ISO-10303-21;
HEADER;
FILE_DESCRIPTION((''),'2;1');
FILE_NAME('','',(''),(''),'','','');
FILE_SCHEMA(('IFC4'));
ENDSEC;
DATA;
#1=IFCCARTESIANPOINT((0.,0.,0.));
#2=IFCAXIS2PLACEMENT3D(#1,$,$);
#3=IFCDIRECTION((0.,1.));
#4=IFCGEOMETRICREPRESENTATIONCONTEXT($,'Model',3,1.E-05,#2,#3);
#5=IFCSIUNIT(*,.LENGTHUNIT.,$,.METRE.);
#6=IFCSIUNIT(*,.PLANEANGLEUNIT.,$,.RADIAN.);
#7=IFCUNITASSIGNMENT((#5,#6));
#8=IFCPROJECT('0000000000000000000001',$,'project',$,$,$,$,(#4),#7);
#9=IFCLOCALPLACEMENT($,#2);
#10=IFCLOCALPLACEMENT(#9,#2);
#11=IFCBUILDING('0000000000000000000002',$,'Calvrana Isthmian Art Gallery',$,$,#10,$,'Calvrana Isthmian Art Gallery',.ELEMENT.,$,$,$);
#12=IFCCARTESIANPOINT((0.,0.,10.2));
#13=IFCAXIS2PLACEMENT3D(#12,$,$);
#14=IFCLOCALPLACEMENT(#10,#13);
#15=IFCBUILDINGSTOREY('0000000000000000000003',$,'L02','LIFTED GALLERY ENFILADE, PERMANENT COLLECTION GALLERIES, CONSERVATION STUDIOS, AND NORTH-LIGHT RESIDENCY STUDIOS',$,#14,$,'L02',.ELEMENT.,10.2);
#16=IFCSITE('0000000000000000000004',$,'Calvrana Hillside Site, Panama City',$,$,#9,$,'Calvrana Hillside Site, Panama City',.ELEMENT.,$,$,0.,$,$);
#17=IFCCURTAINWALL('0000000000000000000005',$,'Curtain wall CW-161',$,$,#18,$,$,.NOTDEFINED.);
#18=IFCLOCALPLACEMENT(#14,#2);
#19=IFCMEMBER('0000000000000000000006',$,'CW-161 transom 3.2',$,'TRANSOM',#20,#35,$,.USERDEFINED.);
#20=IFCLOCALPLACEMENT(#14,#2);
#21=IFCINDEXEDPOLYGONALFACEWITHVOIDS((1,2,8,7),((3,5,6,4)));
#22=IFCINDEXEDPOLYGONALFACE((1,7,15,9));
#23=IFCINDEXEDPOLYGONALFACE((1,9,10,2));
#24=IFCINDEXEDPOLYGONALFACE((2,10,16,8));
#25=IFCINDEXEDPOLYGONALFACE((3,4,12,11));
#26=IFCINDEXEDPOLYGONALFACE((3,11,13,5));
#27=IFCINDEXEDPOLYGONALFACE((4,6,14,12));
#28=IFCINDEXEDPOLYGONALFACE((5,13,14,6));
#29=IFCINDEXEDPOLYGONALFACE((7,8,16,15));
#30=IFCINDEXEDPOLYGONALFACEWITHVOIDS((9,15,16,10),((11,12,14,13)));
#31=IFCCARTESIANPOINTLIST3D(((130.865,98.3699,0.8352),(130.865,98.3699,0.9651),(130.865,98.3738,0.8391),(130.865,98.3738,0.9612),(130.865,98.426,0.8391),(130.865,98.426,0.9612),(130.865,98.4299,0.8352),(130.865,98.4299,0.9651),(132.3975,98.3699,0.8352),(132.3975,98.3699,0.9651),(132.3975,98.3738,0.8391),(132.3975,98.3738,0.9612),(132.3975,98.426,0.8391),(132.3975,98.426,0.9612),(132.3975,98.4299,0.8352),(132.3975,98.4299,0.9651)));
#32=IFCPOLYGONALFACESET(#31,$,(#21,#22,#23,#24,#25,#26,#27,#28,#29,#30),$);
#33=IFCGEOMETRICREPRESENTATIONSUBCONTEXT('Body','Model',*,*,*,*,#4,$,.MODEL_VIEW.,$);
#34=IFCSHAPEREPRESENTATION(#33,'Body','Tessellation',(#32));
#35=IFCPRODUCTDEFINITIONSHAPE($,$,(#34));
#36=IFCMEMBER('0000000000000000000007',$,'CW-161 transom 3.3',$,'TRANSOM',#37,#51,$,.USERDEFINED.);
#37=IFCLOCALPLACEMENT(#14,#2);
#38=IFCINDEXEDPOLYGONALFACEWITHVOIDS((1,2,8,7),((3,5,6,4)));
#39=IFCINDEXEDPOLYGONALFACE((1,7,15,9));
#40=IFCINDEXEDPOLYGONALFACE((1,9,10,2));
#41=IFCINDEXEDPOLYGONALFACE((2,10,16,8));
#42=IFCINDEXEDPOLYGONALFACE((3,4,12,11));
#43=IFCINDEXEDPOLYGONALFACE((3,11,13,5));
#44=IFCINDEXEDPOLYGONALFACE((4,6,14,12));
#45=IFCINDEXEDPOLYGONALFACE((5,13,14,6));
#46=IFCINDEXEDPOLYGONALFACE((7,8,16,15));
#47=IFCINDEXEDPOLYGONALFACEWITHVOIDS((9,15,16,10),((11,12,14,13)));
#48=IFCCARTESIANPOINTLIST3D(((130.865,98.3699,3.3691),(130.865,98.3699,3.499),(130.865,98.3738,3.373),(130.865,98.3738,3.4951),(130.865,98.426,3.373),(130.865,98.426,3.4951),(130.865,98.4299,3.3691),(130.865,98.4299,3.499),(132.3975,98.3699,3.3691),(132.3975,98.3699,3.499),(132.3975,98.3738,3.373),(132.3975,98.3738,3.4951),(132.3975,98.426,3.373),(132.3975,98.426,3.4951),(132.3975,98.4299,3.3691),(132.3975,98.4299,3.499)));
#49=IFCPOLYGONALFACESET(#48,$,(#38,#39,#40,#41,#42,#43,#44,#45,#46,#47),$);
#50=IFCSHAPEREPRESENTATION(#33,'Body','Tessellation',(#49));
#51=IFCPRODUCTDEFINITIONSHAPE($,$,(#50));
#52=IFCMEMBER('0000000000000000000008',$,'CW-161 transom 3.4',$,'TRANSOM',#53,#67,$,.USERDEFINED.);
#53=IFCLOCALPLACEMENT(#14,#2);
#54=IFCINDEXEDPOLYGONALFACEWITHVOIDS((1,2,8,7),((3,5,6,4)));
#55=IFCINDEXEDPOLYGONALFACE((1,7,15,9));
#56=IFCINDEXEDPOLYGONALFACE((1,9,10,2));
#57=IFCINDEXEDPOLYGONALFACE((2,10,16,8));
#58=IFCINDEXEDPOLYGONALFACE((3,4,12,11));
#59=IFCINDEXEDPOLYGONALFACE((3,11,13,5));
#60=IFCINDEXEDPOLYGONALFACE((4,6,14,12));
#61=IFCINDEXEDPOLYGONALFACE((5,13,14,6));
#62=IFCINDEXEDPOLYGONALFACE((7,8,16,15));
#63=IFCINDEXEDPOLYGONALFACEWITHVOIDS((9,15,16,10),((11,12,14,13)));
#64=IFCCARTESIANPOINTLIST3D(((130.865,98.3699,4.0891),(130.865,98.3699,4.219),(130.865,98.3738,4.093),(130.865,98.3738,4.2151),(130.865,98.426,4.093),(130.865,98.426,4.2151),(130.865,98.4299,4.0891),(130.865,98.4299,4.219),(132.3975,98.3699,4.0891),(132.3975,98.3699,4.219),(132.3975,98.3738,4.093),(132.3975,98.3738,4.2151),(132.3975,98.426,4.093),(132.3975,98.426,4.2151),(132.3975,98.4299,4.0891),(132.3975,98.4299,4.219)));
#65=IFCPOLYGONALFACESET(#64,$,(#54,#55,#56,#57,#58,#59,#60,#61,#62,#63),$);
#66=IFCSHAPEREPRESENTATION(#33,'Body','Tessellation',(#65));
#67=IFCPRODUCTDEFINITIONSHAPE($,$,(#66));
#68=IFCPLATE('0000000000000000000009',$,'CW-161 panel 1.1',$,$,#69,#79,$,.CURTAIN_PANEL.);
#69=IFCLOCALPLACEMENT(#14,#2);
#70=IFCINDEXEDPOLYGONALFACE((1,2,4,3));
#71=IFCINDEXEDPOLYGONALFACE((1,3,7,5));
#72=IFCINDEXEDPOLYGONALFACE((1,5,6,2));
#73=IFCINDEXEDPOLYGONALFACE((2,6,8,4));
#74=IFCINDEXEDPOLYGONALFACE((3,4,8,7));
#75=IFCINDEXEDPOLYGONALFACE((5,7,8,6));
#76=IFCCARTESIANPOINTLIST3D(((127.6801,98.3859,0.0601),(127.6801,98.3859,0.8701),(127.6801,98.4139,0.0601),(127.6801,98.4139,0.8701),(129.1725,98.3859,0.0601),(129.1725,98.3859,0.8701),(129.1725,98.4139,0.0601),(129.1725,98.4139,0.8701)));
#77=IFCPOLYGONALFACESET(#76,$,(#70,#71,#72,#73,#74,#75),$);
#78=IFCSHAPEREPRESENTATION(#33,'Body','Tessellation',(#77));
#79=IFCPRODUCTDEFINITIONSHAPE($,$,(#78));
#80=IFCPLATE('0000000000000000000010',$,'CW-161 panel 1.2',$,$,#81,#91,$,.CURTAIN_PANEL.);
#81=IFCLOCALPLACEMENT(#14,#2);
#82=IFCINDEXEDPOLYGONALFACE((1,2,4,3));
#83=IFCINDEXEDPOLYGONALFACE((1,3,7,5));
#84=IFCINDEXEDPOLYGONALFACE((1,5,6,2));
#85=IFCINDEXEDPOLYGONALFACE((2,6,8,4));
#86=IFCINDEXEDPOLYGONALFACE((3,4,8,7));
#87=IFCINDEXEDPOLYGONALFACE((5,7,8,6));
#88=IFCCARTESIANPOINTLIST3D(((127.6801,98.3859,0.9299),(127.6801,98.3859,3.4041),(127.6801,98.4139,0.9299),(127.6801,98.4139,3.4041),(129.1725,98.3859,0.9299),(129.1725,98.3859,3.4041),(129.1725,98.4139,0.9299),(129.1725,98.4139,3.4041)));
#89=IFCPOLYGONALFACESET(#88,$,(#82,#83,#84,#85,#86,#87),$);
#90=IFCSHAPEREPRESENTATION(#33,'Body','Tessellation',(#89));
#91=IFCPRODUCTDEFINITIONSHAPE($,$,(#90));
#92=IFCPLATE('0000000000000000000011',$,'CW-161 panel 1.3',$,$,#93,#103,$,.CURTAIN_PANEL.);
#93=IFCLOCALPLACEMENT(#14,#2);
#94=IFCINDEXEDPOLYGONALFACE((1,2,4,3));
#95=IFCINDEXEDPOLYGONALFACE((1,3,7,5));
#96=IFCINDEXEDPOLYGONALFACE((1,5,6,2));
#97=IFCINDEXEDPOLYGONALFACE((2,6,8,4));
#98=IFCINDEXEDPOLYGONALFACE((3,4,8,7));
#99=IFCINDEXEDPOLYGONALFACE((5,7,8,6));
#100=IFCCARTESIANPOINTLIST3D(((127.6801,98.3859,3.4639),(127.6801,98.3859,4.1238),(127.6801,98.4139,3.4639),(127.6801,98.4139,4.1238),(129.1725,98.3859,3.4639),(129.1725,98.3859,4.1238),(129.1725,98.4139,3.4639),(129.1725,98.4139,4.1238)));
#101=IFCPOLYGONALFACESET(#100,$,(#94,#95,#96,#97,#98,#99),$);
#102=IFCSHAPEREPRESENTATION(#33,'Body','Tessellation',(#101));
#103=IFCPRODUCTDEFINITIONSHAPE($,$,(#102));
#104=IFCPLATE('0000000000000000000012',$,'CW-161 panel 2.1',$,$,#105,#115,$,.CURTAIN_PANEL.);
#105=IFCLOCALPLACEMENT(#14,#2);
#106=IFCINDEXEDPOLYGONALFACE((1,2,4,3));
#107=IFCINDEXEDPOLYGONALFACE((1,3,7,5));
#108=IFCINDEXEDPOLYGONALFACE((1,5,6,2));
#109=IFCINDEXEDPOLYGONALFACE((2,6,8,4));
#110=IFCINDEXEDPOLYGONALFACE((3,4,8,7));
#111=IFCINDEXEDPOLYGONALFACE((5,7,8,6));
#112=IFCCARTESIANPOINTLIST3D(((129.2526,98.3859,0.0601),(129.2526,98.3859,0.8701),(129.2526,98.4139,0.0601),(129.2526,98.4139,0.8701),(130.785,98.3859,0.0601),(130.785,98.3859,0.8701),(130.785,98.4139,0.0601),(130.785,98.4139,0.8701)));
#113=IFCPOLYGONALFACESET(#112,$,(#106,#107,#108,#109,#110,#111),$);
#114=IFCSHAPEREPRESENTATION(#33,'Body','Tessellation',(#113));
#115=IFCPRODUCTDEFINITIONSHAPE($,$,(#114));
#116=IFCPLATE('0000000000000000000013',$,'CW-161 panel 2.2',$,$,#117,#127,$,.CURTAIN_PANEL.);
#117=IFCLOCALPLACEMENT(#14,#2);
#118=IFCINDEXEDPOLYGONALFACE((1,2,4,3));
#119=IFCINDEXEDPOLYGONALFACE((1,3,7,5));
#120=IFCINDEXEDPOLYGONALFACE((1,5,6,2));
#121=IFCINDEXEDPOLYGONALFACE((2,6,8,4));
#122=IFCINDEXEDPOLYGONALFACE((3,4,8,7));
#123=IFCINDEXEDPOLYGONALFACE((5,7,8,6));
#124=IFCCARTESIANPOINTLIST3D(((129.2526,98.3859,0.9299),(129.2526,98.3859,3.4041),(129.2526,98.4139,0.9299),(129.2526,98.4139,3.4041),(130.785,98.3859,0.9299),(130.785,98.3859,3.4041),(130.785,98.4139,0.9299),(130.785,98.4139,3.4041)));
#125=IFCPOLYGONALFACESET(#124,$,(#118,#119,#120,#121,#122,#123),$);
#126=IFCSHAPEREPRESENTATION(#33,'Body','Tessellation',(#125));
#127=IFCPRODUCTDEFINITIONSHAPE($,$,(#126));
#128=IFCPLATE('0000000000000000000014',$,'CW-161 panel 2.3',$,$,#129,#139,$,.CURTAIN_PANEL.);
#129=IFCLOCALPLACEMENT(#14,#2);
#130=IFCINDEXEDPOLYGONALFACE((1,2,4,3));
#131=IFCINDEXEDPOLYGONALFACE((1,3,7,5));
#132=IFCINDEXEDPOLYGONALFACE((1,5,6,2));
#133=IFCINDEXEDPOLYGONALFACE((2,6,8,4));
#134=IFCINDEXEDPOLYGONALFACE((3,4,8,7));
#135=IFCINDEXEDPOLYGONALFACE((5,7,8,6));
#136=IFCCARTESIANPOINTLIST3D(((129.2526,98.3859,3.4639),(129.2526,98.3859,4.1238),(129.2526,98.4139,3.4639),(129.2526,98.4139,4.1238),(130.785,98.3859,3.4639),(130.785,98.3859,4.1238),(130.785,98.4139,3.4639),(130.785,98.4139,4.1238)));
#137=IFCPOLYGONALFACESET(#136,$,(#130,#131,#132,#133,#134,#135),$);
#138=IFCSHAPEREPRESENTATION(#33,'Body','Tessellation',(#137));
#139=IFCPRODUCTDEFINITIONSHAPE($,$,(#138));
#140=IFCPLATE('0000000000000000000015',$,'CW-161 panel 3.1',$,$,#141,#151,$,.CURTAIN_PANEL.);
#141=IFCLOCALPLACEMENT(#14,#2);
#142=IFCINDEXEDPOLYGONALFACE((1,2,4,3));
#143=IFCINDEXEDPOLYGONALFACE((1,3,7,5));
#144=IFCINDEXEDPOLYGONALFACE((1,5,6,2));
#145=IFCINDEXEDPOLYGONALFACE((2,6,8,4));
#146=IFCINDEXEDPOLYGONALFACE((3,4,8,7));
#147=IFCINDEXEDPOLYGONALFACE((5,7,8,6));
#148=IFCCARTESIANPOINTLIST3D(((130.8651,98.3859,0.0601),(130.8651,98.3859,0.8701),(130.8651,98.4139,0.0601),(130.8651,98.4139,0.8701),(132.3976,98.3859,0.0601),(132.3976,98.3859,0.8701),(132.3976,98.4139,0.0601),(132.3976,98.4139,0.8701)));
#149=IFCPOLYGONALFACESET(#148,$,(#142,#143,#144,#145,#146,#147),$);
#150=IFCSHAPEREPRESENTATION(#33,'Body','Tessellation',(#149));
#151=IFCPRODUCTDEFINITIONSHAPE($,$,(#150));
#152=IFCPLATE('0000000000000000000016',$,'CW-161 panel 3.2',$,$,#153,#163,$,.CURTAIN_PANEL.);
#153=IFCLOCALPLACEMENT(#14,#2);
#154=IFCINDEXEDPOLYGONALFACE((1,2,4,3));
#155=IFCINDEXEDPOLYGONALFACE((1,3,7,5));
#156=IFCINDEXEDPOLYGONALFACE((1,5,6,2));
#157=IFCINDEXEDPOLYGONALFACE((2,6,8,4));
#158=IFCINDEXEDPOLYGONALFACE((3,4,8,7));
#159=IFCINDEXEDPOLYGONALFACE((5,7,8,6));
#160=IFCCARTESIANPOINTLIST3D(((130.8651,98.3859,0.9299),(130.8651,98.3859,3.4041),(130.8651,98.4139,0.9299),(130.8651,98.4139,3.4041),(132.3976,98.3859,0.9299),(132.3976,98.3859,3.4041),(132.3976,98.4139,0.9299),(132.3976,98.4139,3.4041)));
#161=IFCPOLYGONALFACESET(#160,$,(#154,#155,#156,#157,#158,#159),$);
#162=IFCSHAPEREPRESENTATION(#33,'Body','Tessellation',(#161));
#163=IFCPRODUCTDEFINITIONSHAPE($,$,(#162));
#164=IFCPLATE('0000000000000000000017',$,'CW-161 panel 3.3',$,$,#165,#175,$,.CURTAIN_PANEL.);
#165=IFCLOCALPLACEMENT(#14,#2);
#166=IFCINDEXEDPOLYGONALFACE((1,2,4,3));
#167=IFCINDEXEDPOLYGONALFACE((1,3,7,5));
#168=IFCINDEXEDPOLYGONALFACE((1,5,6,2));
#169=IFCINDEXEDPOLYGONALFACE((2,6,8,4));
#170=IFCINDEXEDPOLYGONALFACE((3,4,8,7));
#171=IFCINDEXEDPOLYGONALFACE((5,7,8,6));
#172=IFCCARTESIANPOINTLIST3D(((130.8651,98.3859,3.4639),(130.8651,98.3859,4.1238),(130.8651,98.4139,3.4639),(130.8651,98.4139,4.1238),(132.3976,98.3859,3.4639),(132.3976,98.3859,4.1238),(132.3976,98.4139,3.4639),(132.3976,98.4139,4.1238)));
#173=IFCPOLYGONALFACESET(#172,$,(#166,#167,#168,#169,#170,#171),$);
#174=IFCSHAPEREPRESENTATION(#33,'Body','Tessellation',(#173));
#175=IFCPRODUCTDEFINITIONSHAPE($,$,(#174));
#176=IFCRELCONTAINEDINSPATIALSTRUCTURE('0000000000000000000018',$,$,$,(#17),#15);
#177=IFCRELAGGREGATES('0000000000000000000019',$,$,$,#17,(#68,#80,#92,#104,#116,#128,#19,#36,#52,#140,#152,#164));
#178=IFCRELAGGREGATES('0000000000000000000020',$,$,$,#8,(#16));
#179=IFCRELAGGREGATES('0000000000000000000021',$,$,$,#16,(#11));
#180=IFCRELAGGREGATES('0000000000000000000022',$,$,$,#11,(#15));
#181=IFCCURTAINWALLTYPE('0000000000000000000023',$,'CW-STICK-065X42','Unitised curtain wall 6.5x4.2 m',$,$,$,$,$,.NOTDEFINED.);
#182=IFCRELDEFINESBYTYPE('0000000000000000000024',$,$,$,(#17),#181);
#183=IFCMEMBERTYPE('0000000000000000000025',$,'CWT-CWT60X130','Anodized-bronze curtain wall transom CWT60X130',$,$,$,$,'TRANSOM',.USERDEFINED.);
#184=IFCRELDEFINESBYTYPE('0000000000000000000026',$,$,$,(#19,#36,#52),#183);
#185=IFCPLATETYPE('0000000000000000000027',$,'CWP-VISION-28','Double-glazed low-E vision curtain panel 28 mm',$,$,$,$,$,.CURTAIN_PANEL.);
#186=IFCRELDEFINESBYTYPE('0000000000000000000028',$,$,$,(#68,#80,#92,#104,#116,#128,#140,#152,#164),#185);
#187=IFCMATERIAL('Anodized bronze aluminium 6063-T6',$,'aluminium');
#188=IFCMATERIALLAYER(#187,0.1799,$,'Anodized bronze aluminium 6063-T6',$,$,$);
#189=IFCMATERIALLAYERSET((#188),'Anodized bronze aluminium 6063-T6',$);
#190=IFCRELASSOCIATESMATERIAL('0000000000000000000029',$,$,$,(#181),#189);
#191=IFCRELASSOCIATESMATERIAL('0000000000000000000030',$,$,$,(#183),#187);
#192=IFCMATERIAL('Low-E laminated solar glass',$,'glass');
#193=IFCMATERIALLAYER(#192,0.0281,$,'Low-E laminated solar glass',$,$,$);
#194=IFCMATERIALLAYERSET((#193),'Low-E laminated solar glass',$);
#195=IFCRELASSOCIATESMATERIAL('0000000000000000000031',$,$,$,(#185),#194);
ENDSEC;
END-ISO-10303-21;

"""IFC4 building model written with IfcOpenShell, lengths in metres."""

from ifc_helpers import new_model, si_unit, direction, frame, origin, origin_2d, place, context, subcontext, project, spatial, rectangle, hollow_rectangle, extrude, material, layer, layer_set, material_profile, profile_set, type_object, element, aggregate, save


model = new_model("IFC4")

# Units and contexts
model_context = context("Model", 3, precision=1e-05, world=origin(), true_north=direction((0.0, 1.0)))
body_context = subcontext(model_context, "Body", "Model", "MODEL_VIEW")
ifc_project = project(units=[si_unit("LENGTHUNIT", "METRE"), si_unit("PLANEANGLEUNIT", "RADIAN")], contexts=[model_context])

# Site, building, storey
site_placement = place(None, origin())
site = spatial("IfcSite", under=ifc_project, at=site_placement, Name="Calvrana Hillside Site, Panama City", LongName="Calvrana Hillside Site, Panama City", CompositionType="ELEMENT", RefElevation=0.0)
building_placement = place(site_placement, origin())
building = spatial("IfcBuilding", under=site, at=building_placement, Name="Calvrana Isthmian Art Gallery", LongName="Calvrana Isthmian Art Gallery", CompositionType="ELEMENT")
storey_placement = place(building_placement, frame((0.0, 0.0, 10.2)))
storey = spatial("IfcBuildingStorey", under=building, at=storey_placement, Name="L02", Description="LIFTED GALLERY ENFILADE, PERMANENT COLLECTION GALLERIES, CONSERVATION STUDIOS, AND NORTH-LIGHT RESIDENCY STUDIOS", LongName="L02", CompositionType="ELEMENT", Elevation=10.2)

# Curtain wall, members, plates
ifc_material_1 = material(Name="Anodized bronze aluminium 6063-T6", Category="aluminium")
ifc_layer_1 = layer(ifc_material_1, 0.1799, Name="Anodized bronze aluminium 6063-T6")
ifc_layer_set_1 = layer_set([ifc_layer_1], Name="Anodized bronze aluminium 6063-T6")
curtain_wall_type = type_object("IfcCurtainWallType", Name="CW-STICK-065X42", Description="Unitised curtain wall 6.5x4.2 m", PredefinedType="NOTDEFINED", material=ifc_layer_set_1)
curtain_wall_placement = place(storey_placement, origin())
curtain_wall = element("IfcCurtainWall", 1, at=curtain_wall_placement, inside=storey, type_object=curtain_wall_type, Name="Curtain wall CW-161", PredefinedType="NOTDEFINED")
ifc_material_profile_1 = material_profile(ifc_material_1, hollow_rectangle(XDim=0.0601, YDim=0.1299, WallThickness=0.0039, at=origin_2d()), Name="CWT60X130")
ifc_profile_set_1 = profile_set([ifc_material_profile_1], Name="Anodized bronze aluminium 6063-T6")
member_type_1 = type_object("IfcMemberType", Name="CWT-CWT60X130", Description="Anodized-bronze curtain wall transom CWT60X130", ElementType="TRANSOM", PredefinedType="USERDEFINED", material=ifc_profile_set_1)
member_1_placement = place(storey_placement, frame((130.865, 98.3999, 0.9001), z_axis=(1.0, 0.0, 0.0), x_axis=(0.0, 1.0, 0.0)))
member_1 = element("IfcMember", 2, at=member_1_placement, type_object=member_type_1, Name="CW-161 transom 3.2", ObjectType="TRANSOM", PredefinedType="USERDEFINED", context=body_context, shape_type="SweptSolid", body=[
    extrude(hollow_rectangle(XDim=0.0601, YDim=0.1299, WallThickness=0.0039, at=origin_2d()), origin(), (0.0, 0.0, 1.0), 1.5325),
])
member_2_placement = place(storey_placement, frame((130.865, 98.3999, 3.4341), z_axis=(1.0, 0.0, 0.0), x_axis=(0.0, 1.0, 0.0)))
member_2 = element("IfcMember", 3, at=member_2_placement, type_object=member_type_1, Name="CW-161 transom 3.3", ObjectType="TRANSOM", PredefinedType="USERDEFINED", context=body_context, shape_type="SweptSolid", body=[
    extrude(hollow_rectangle(XDim=0.0601, YDim=0.1299, WallThickness=0.0039, at=origin_2d()), origin(), (0.0, 0.0, 1.0), 1.5325),
])
member_3_placement = place(storey_placement, frame((130.865, 98.3999, 4.1541), z_axis=(1.0, 0.0, 0.0), x_axis=(0.0, 1.0, 0.0)))
member_3 = element("IfcMember", 4, at=member_3_placement, type_object=member_type_1, Name="CW-161 transom 3.4", ObjectType="TRANSOM", PredefinedType="USERDEFINED", context=body_context, shape_type="SweptSolid", body=[
    extrude(hollow_rectangle(XDim=0.0601, YDim=0.1299, WallThickness=0.0039, at=origin_2d()), origin(), (0.0, 0.0, 1.0), 1.5325),
])
ifc_material_2 = material(Name="Low-E laminated solar glass", Category="glass")
ifc_layer_2 = layer(ifc_material_2, 0.0281, Name="Low-E laminated solar glass")
ifc_layer_set_2 = layer_set([ifc_layer_2], Name="Low-E laminated solar glass")
plate_type = type_object("IfcPlateType", Name="CWP-VISION-28", Description="Double-glazed low-E vision curtain panel 28 mm", PredefinedType="CURTAIN_PANEL", material=ifc_layer_set_2)
plate_1_placement = place(storey_placement, frame((128.4263, 98.3999, 0.0601), z_axis=(0.0, 0.0, 1.0), x_axis=(1.0, 0.0, 0.0)))
plate_1 = element("IfcPlate", 5, at=plate_1_placement, type_object=plate_type, Name="CW-161 panel 1.1", PredefinedType="CURTAIN_PANEL", context=body_context, shape_type="SweptSolid", body=[
    extrude(rectangle(XDim=1.4924, YDim=0.0281, at=origin_2d()), origin(), (0.0, 0.0, 1.0), 0.8101),
])
plate_2_placement = place(storey_placement, frame((128.4263, 98.3999, 0.9299), z_axis=(0.0, 0.0, 1.0), x_axis=(1.0, 0.0, 0.0)))
plate_2 = element("IfcPlate", 6, at=plate_2_placement, type_object=plate_type, Name="CW-161 panel 1.2", PredefinedType="CURTAIN_PANEL", context=body_context, shape_type="SweptSolid", body=[
    extrude(rectangle(XDim=1.4924, YDim=0.0281, at=origin_2d()), origin(), (0.0, 0.0, 1.0), 2.4741),
])
plate_3_placement = place(storey_placement, frame((128.4263, 98.3999, 3.4639), z_axis=(0.0, 0.0, 1.0), x_axis=(1.0, 0.0, 0.0)))
plate_3 = element("IfcPlate", 7, at=plate_3_placement, type_object=plate_type, Name="CW-161 panel 1.3", PredefinedType="CURTAIN_PANEL", context=body_context, shape_type="SweptSolid", body=[
    extrude(rectangle(XDim=1.4924, YDim=0.0281, at=origin_2d()), origin(), (0.0, 0.0, 1.0), 0.6599),
])
plate_4_placement = place(storey_placement, frame((130.0188, 98.3999, 0.0601), z_axis=(0.0, 0.0, 1.0), x_axis=(1.0, 0.0, 0.0)))
plate_4 = element("IfcPlate", 8, at=plate_4_placement, type_object=plate_type, Name="CW-161 panel 2.1", PredefinedType="CURTAIN_PANEL", context=body_context, shape_type="SweptSolid", body=[
    extrude(rectangle(XDim=1.5325, YDim=0.0281, at=origin_2d()), origin(), (0.0, 0.0, 1.0), 0.8101),
])
plate_5_placement = place(storey_placement, frame((130.0188, 98.3999, 0.9299), z_axis=(0.0, 0.0, 1.0), x_axis=(1.0, 0.0, 0.0)))
plate_5 = element("IfcPlate", 9, at=plate_5_placement, type_object=plate_type, Name="CW-161 panel 2.2", PredefinedType="CURTAIN_PANEL", context=body_context, shape_type="SweptSolid", body=[
    extrude(rectangle(XDim=1.5325, YDim=0.0281, at=origin_2d()), origin(), (0.0, 0.0, 1.0), 2.4741),
])
plate_6_placement = place(storey_placement, frame((130.0188, 98.3999, 3.4639), z_axis=(0.0, 0.0, 1.0), x_axis=(1.0, 0.0, 0.0)))
plate_6 = element("IfcPlate", 10, at=plate_6_placement, type_object=plate_type, Name="CW-161 panel 2.3", PredefinedType="CURTAIN_PANEL", context=body_context, shape_type="SweptSolid", body=[
    extrude(rectangle(XDim=1.5325, YDim=0.0281, at=origin_2d()), origin(), (0.0, 0.0, 1.0), 0.6599),
])
plate_7_placement = place(storey_placement, frame((131.6313, 98.3999, 0.0601), z_axis=(0.0, 0.0, 1.0), x_axis=(1.0, 0.0, 0.0)))
plate_7 = element("IfcPlate", 11, at=plate_7_placement, type_object=plate_type, Name="CW-161 panel 3.1", PredefinedType="CURTAIN_PANEL", context=body_context, shape_type="SweptSolid", body=[
    extrude(rectangle(XDim=1.5325, YDim=0.0281, at=origin_2d()), origin(), (0.0, 0.0, 1.0), 0.8101),
])
plate_8_placement = place(storey_placement, frame((131.6313, 98.3999, 0.9299), z_axis=(0.0, 0.0, 1.0), x_axis=(1.0, 0.0, 0.0)))
plate_8 = element("IfcPlate", 12, at=plate_8_placement, type_object=plate_type, Name="CW-161 panel 3.2", PredefinedType="CURTAIN_PANEL", context=body_context, shape_type="SweptSolid", body=[
    extrude(rectangle(XDim=1.5325, YDim=0.0281, at=origin_2d()), origin(), (0.0, 0.0, 1.0), 2.4741),
])
plate_9_placement = place(storey_placement, frame((131.6313, 98.3999, 3.4639), z_axis=(0.0, 0.0, 1.0), x_axis=(1.0, 0.0, 0.0)))
plate_9 = element("IfcPlate", 13, at=plate_9_placement, type_object=plate_type, Name="CW-161 panel 3.3", PredefinedType="CURTAIN_PANEL", context=body_context, shape_type="SweptSolid", body=[
    extrude(rectangle(XDim=1.5325, YDim=0.0281, at=origin_2d()), origin(), (0.0, 0.0, 1.0), 0.6599),
])
aggregate(curtain_wall, [plate_1, plate_2, plate_3, plate_4, plate_5, plate_6, member_1, member_2, member_3, plate_7, plate_8, plate_9])

save(model, "model.ifc")
